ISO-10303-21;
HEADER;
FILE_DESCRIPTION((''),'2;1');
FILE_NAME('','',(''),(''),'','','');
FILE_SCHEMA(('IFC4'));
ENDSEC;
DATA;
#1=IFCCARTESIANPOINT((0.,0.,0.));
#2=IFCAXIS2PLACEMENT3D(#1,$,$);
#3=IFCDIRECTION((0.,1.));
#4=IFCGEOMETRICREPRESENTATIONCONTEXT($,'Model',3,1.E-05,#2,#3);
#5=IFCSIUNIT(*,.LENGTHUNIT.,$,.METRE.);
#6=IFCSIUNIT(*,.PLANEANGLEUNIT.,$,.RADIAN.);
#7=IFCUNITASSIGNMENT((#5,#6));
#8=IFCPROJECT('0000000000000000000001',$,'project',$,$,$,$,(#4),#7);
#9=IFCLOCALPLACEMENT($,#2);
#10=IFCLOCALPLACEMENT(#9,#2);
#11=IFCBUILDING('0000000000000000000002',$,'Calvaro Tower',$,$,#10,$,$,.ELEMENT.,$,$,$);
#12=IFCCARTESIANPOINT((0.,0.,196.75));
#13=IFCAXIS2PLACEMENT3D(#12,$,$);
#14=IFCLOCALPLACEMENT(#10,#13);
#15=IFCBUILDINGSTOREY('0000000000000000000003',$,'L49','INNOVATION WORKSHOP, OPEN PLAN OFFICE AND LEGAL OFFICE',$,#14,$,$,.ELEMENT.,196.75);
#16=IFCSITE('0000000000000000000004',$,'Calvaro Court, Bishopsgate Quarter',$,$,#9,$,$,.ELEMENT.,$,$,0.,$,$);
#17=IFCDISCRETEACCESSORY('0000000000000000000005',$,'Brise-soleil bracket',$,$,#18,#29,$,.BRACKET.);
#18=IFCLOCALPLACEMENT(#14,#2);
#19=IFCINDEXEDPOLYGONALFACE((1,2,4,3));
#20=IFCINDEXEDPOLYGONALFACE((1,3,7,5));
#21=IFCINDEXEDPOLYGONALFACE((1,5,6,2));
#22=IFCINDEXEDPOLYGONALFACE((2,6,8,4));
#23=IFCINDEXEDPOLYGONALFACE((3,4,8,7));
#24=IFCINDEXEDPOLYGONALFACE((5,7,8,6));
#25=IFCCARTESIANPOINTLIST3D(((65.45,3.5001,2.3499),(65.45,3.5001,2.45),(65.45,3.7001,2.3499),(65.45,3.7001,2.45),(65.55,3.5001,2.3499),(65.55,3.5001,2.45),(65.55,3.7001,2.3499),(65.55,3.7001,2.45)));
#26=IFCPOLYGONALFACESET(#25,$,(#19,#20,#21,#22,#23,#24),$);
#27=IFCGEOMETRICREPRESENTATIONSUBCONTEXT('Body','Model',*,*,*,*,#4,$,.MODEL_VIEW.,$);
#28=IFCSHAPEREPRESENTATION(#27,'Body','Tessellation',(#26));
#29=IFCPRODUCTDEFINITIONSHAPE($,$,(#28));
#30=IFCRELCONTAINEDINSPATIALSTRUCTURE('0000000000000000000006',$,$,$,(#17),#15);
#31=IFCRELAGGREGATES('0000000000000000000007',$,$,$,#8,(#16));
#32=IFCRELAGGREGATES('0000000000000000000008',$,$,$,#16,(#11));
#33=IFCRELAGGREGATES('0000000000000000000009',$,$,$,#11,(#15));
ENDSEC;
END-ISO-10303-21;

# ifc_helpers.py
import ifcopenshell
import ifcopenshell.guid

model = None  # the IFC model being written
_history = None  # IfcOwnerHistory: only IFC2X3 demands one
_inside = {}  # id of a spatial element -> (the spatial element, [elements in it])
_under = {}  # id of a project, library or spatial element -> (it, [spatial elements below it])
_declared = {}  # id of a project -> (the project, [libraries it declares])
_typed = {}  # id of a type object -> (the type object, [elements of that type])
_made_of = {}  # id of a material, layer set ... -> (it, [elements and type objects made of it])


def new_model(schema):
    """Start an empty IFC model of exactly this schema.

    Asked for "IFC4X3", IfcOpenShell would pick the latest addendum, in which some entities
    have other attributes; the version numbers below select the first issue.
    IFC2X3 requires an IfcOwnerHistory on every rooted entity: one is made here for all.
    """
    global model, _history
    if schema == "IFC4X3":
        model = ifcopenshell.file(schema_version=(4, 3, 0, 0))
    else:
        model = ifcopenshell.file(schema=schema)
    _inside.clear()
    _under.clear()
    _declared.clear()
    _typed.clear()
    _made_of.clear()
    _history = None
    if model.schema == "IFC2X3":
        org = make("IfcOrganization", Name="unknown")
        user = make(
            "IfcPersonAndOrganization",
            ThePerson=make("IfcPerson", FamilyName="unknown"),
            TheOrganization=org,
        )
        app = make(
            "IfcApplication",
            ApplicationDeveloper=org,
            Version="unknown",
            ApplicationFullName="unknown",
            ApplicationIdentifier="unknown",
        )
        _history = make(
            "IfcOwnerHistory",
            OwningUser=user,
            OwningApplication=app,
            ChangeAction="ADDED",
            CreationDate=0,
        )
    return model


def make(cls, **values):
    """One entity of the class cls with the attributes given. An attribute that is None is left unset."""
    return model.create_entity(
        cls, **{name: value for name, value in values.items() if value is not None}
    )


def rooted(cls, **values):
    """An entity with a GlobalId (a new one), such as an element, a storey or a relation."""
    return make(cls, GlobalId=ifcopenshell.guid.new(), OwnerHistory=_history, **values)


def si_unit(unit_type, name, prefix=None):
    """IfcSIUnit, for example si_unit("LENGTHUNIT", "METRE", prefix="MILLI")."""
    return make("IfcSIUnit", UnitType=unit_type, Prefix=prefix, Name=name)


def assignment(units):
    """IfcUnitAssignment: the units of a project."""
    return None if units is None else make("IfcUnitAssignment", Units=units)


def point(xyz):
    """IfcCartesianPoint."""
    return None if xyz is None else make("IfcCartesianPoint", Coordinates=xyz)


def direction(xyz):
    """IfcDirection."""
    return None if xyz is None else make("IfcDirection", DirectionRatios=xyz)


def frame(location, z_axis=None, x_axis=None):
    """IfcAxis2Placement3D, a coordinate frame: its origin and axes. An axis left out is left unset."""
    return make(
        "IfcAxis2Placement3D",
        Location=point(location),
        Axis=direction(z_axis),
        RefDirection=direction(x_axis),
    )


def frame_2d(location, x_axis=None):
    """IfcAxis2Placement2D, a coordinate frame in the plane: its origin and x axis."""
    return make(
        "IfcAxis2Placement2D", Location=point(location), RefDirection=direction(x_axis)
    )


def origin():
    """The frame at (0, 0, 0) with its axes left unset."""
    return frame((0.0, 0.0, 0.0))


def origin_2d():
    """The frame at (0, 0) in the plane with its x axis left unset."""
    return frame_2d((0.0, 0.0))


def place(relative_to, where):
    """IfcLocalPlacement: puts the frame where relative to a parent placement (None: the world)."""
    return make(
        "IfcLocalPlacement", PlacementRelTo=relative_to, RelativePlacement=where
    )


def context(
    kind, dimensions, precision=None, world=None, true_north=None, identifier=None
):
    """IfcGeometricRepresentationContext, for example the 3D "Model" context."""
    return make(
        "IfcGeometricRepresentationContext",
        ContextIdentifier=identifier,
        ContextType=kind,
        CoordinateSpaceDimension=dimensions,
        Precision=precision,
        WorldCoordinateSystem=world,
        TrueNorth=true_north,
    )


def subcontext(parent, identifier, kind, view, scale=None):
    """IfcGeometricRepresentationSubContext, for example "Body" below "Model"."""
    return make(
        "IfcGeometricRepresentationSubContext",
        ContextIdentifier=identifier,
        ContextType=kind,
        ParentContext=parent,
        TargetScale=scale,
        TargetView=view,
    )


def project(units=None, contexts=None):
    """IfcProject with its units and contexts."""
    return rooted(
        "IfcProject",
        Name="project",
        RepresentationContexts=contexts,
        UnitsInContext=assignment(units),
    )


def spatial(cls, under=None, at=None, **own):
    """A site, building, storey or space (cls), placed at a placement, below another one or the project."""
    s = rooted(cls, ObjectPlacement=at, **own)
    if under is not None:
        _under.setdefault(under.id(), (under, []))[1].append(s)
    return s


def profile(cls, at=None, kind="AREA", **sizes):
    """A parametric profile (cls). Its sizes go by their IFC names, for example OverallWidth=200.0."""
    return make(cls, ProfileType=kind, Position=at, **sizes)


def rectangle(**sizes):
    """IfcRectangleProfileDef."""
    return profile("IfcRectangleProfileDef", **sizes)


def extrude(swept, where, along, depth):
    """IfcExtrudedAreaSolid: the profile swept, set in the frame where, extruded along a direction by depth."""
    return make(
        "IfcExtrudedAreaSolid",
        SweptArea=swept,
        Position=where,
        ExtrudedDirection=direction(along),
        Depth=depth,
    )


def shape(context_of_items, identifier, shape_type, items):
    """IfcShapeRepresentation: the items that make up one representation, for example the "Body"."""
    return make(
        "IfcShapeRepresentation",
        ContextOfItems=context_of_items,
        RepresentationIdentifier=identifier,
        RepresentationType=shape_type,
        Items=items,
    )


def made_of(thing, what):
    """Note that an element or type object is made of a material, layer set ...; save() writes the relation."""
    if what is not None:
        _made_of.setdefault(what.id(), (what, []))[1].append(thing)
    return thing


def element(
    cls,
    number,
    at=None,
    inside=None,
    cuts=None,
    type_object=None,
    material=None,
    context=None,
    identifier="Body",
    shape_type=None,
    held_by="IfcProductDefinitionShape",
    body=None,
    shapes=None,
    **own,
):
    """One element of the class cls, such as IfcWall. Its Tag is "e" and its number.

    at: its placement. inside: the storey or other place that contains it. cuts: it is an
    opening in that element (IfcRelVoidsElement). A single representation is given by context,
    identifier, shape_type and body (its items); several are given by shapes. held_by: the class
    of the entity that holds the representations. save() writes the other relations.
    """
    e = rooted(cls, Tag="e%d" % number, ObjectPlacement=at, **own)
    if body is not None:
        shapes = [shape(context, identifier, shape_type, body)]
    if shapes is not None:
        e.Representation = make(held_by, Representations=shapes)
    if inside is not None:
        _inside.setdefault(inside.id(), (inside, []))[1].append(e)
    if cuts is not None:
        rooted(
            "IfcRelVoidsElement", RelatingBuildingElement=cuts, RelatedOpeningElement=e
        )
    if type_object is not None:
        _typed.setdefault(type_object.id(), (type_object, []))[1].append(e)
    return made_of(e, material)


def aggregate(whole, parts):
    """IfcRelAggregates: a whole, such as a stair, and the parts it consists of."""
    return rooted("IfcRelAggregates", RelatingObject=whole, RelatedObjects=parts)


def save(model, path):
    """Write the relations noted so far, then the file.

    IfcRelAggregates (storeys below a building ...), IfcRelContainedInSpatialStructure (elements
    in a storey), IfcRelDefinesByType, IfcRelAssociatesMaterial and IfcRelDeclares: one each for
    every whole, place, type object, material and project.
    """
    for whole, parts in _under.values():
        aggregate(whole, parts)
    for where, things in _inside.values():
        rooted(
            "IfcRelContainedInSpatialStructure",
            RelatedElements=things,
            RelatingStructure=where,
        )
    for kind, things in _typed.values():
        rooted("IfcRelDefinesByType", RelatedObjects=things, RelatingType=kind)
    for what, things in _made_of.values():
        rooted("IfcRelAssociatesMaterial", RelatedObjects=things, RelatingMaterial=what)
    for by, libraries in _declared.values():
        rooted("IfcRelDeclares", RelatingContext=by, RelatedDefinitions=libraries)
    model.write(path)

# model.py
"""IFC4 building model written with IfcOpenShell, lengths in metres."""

from ifc_helpers import new_model, si_unit, direction, frame, origin, origin_2d, place, context, subcontext, project, spatial, rectangle, extrude, element, save


model = new_model("IFC4")

# Units and contexts
model_context = context("Model", 3, precision=1e-05, world=origin(), true_north=direction((0.0, 1.0)))
body_context = subcontext(model_context, "Body", "Model", "MODEL_VIEW")
ifc_project = project(units=[si_unit("LENGTHUNIT", "METRE"), si_unit("PLANEANGLEUNIT", "RADIAN")], contexts=[model_context])

# Site, building, storey
site_placement = place(None, origin())
site = spatial("IfcSite", under=ifc_project, at=site_placement, Name="Calvaro Court, Bishopsgate Quarter", CompositionType="ELEMENT", RefElevation=0.0)
building_placement = place(site_placement, origin())
building = spatial("IfcBuilding", under=site, at=building_placement, Name="Calvaro Tower", CompositionType="ELEMENT")
storey_placement = place(building_placement, frame((0.0, 0.0, 196.75)))
storey = spatial("IfcBuildingStorey", under=building, at=storey_placement, Name="L49", Description="INNOVATION WORKSHOP, OPEN PLAN OFFICE AND LEGAL OFFICE", CompositionType="ELEMENT", Elevation=196.75)

# Discrete accessory
for number, where, z_axis, x_axis, name in (
    (1, (65.5, 3.6001, 2.3499), (0.0, 0.0, 1.0), (1.0, 0.0, 0.0), "Brise-soleil bracket"),
):
    element("IfcDiscreteAccessory", number, at=place(storey_placement, frame(where, z_axis=z_axis, x_axis=x_axis)), inside=storey, Name=name, PredefinedType="BRACKET", context=body_context, shape_type="SweptSolid", body=[
        extrude(rectangle(XDim=0.1001, YDim=0.2, at=origin_2d()), origin(), (0.0, 0.0, 1.0), 0.1001),
    ])

save(model, "model.ifc")
